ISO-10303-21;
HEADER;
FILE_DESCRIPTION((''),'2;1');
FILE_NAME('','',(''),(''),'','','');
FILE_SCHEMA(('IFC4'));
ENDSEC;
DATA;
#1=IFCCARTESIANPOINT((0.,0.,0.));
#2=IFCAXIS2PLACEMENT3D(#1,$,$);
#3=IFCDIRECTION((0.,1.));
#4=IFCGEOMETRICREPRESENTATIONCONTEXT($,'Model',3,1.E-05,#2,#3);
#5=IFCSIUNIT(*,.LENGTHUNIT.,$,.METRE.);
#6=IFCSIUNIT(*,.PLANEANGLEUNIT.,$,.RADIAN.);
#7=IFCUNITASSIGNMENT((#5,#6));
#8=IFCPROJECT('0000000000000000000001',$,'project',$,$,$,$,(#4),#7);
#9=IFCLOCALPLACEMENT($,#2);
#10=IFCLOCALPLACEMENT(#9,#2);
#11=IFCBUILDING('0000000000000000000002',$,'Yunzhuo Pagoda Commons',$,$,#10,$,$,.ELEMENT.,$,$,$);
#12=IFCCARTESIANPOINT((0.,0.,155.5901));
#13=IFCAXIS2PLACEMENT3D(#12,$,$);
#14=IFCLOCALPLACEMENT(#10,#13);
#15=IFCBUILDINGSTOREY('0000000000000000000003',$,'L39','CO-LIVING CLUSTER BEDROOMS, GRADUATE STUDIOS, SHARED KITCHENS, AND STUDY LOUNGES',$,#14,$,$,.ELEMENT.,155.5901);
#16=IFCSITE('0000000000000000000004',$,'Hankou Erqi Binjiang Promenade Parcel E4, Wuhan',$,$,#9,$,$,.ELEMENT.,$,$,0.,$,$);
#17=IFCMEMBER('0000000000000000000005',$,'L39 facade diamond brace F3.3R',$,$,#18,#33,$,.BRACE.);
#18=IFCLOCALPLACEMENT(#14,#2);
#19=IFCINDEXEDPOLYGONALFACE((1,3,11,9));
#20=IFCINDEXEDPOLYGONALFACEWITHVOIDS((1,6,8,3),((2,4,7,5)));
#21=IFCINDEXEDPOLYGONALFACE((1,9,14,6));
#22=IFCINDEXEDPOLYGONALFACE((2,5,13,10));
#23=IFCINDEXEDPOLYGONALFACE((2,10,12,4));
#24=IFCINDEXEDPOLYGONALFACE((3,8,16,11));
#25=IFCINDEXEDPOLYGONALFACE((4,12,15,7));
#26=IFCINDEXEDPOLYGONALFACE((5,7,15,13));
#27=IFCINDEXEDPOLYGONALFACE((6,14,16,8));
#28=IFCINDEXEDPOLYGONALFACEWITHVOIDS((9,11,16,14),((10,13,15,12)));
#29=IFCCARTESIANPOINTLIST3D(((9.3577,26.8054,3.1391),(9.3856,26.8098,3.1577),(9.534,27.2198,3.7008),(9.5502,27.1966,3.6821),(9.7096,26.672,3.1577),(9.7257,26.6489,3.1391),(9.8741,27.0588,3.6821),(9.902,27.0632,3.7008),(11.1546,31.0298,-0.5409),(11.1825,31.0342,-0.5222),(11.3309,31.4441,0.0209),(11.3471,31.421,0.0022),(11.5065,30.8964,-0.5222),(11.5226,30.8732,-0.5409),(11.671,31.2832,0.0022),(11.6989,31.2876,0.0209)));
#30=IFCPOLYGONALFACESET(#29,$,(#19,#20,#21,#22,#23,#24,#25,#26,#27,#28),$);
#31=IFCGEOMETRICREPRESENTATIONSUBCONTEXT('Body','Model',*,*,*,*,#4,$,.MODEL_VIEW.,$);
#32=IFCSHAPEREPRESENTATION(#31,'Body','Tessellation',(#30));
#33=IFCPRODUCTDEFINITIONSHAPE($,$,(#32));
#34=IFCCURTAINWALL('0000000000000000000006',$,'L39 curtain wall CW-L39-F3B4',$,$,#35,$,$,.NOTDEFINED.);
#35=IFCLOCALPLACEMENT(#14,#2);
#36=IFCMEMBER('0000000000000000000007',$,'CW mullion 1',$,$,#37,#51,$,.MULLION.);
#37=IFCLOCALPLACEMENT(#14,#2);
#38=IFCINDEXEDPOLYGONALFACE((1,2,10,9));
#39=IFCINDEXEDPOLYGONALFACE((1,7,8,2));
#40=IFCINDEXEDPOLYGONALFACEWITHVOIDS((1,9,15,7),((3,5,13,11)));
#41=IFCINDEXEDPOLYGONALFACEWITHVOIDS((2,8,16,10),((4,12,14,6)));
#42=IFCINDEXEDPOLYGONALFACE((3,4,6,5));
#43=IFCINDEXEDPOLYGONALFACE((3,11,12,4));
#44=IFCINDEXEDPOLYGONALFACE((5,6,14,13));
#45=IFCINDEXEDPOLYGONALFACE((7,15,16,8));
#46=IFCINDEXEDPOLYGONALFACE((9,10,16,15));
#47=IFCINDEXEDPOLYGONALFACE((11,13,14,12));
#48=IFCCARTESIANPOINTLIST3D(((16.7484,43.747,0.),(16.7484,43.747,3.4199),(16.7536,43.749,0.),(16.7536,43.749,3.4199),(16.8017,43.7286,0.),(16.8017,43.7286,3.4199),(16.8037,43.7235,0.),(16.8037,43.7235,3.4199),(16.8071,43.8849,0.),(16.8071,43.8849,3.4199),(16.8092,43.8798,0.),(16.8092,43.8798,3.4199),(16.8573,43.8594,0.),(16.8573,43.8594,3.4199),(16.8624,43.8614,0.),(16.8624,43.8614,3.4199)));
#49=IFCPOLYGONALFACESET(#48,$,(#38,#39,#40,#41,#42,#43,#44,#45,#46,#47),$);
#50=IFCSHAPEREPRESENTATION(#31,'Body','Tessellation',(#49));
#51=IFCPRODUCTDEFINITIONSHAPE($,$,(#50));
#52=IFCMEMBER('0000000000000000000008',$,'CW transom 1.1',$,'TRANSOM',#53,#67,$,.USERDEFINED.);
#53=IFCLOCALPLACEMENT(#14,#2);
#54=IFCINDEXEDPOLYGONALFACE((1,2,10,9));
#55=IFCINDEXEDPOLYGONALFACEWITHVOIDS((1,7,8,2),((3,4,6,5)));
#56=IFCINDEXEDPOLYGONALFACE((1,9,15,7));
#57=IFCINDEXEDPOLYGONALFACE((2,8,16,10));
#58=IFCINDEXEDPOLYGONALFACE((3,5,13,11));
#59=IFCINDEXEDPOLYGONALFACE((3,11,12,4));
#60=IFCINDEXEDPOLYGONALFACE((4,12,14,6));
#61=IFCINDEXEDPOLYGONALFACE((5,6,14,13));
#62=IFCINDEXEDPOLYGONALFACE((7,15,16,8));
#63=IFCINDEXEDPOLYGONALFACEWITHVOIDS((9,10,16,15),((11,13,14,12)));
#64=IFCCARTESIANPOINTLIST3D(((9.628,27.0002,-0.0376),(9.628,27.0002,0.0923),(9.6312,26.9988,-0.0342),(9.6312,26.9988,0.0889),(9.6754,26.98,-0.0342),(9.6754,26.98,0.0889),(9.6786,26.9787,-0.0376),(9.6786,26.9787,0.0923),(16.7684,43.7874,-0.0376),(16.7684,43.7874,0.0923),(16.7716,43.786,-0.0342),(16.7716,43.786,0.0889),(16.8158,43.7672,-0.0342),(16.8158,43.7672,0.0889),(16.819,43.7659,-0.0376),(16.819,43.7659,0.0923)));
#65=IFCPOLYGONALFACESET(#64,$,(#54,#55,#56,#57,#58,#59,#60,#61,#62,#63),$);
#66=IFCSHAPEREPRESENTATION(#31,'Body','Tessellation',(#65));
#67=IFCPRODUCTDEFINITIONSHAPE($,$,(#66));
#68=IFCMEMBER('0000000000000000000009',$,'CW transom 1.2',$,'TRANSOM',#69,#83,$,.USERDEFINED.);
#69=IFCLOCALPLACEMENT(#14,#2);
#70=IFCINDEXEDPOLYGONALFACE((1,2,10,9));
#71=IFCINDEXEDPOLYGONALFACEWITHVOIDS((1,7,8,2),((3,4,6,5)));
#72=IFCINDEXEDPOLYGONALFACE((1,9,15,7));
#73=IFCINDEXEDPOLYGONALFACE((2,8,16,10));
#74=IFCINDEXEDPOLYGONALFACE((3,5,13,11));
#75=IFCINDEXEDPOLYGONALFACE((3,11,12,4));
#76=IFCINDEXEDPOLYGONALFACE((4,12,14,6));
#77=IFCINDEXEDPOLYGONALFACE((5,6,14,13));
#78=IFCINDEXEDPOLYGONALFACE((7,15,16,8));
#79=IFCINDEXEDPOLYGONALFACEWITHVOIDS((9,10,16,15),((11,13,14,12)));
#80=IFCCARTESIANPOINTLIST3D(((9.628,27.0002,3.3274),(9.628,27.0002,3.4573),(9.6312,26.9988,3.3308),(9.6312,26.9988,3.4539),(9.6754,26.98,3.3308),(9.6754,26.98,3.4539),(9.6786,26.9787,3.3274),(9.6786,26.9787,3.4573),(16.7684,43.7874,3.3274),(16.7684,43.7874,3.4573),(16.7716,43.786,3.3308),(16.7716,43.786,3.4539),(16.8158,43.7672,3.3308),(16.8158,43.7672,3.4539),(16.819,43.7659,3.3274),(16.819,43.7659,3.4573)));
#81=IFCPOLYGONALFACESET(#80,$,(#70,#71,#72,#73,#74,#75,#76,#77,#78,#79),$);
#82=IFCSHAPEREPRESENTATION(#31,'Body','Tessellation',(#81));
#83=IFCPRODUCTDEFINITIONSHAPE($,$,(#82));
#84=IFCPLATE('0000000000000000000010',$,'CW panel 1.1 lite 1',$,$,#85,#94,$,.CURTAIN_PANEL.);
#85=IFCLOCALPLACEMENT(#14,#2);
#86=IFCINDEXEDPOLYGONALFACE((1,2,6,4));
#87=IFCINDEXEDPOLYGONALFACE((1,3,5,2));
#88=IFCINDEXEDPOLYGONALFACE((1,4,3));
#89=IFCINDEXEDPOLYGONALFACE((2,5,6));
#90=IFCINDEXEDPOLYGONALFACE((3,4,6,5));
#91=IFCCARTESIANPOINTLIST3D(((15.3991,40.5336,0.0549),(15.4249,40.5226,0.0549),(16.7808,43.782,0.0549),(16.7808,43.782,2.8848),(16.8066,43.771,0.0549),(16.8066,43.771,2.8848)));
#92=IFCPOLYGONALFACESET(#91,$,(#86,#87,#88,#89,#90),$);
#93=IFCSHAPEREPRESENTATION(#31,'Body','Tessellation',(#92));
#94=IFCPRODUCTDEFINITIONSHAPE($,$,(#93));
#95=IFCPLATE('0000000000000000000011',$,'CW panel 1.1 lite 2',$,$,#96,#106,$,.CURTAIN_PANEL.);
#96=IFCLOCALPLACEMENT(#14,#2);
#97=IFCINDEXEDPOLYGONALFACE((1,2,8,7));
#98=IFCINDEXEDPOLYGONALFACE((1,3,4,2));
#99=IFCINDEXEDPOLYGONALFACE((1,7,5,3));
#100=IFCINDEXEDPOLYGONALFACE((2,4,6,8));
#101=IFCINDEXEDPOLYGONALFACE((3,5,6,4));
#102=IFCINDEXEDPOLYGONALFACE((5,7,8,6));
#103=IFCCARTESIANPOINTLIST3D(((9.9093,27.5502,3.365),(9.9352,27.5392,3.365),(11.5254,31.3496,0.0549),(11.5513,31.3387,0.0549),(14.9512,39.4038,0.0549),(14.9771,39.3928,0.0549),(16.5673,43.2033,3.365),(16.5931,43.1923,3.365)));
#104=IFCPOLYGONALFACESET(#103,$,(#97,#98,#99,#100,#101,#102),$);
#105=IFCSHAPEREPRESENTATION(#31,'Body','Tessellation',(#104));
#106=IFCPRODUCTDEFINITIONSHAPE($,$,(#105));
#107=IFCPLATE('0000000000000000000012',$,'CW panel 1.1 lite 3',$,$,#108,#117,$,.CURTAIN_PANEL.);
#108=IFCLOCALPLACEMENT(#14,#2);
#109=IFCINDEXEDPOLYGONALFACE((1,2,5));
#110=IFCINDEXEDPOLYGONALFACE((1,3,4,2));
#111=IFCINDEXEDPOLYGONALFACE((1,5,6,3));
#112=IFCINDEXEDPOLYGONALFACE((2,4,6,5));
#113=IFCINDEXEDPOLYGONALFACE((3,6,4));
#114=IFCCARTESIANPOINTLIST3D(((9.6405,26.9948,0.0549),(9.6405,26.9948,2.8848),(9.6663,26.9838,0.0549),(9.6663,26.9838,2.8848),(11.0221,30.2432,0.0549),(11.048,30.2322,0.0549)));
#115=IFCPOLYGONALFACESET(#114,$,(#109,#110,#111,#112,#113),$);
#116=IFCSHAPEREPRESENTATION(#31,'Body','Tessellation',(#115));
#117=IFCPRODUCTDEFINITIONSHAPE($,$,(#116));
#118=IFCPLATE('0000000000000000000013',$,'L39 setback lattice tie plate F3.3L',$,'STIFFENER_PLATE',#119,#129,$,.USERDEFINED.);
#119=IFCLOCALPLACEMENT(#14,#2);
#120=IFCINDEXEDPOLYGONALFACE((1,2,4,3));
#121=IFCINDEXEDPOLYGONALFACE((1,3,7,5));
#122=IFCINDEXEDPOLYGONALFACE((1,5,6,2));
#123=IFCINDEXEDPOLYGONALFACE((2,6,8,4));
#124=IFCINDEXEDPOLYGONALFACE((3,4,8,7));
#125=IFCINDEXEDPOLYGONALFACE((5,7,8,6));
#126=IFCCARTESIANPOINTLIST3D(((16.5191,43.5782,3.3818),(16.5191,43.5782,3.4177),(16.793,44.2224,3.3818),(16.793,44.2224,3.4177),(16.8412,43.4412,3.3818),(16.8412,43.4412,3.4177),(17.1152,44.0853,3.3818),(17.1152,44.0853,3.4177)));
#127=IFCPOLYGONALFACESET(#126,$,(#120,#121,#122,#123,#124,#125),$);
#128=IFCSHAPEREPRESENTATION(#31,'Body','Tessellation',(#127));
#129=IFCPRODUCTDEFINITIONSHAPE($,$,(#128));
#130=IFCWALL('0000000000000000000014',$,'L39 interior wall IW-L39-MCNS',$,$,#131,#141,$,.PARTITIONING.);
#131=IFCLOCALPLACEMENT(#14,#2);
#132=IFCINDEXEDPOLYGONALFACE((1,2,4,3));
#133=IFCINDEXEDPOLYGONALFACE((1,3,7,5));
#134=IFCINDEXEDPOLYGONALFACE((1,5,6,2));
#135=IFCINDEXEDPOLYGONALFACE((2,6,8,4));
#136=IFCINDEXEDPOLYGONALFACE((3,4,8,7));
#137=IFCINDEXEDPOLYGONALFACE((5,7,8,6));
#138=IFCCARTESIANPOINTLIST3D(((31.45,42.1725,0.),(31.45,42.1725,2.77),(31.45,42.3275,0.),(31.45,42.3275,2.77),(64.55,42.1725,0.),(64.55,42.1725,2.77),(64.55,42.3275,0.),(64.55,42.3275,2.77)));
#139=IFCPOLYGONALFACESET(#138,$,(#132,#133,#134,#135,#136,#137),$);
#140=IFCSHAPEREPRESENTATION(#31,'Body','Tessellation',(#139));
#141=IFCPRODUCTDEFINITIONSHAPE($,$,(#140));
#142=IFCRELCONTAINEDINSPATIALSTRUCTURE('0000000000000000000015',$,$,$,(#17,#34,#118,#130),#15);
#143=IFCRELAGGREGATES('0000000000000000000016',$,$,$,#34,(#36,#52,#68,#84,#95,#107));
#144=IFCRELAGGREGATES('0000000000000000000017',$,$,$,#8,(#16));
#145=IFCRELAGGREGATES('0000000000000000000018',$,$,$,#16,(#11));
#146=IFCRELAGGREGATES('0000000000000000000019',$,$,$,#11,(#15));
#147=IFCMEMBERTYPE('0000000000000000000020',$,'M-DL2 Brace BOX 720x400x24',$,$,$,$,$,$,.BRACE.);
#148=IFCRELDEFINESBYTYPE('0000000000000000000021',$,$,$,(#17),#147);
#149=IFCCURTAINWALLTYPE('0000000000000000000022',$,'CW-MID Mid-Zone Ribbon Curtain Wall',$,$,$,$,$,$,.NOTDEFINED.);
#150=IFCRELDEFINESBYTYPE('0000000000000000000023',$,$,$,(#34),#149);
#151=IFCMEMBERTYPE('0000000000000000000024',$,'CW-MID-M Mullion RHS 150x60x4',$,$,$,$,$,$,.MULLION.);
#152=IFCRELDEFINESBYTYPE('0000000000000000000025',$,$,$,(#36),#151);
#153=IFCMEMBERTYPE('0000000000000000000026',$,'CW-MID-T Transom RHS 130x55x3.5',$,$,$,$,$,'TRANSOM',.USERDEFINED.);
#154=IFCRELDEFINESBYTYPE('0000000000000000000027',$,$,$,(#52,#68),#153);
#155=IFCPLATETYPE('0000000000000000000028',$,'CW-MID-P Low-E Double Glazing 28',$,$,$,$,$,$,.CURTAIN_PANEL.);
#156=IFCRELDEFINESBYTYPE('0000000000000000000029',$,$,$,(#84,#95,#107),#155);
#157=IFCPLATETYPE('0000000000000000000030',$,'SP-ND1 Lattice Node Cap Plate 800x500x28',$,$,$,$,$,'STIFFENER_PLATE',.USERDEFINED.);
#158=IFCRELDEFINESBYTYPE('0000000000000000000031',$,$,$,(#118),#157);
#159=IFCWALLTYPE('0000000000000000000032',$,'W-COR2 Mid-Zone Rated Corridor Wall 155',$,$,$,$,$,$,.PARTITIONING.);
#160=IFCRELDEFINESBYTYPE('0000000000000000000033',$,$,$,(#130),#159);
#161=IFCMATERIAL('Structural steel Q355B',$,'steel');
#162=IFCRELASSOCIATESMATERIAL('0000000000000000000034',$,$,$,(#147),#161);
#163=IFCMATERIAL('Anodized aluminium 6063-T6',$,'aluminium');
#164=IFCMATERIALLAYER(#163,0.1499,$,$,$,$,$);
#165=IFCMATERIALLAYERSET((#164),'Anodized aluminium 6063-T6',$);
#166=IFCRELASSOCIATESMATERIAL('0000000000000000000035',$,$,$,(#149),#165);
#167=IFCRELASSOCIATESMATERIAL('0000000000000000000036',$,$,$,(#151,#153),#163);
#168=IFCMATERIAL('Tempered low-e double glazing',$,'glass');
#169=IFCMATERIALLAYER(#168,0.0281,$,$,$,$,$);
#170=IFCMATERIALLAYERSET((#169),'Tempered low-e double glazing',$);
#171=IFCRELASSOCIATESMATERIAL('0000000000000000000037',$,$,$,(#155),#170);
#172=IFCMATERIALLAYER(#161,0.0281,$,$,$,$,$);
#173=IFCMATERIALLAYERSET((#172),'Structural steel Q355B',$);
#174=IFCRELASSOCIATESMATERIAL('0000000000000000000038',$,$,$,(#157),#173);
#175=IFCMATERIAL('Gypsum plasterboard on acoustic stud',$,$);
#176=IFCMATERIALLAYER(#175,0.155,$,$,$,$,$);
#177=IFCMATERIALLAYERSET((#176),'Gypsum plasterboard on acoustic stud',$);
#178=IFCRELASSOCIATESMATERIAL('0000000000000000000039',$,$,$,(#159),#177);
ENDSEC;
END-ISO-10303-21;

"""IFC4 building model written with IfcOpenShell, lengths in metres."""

from ifc_helpers import new_model, si_unit, direction, frame, frame_2d, origin, origin_2d, place, context, subcontext, project, spatial, polyline, rectangle, hollow_rectangle, outline, extrude, source, transform, mapped, material, layer, layer_set, material_profile, profile_set, type_object, element, aggregate, save


model = new_model("IFC4")

# Units and contexts
model_context = context("Model", 3, precision=1e-05, world=origin(), true_north=direction((0.0, 1.0)))
body_context = subcontext(model_context, "Body", "Model", "MODEL_VIEW")
ifc_project = project(units=[si_unit("LENGTHUNIT", "METRE"), si_unit("PLANEANGLEUNIT", "RADIAN")], contexts=[model_context])

# Site, building, storey
site_placement = place(None, origin())
site = spatial("IfcSite", under=ifc_project, at=site_placement, Name="Hankou Erqi Binjiang Promenade Parcel E4, Wuhan", CompositionType="ELEMENT", RefElevation=0.0)
building_placement = place(site_placement, origin())
building = spatial("IfcBuilding", under=site, at=building_placement, Name="Yunzhuo Pagoda Commons", CompositionType="ELEMENT")
storey_placement = place(building_placement, frame((0.0, 0.0, 155.5901)))
storey = spatial("IfcBuildingStorey", under=building, at=storey_placement, Name="L39", Description="CO-LIVING CLUSTER BEDROOMS, GRADUATE STUDIOS, SHARED KITCHENS, AND STUDY LOUNGES", CompositionType="ELEMENT", Elevation=155.5901)

# Shared definitions
ifc_material_1 = material(Name="Structural steel Q355B", Category="steel")

# Member
ifc_material_profile_1 = material_profile(ifc_material_1, hollow_rectangle(XDim=0.3999, YDim=0.72, WallThickness=0.0239, at=origin_2d()), Name="Structural steel Q355B")
ifc_profile_set_1 = profile_set([ifc_material_profile_1], Name="Structural steel Q355B")
member_type_1 = type_object("IfcMemberType", Name="M-DL2 Brace BOX 720x400x24", PredefinedType="BRACE", material=ifc_profile_set_1)
shared_shape_1 = source(origin(), body_context, "Body", "SweptSolid", [
    extrude(hollow_rectangle(XDim=0.3999, YDim=0.72, WallThickness=0.0239, at=origin_2d()), origin(), (0.0, 0.0, 1.0), 5.8835),
])
for number, where, z_axis, x_axis, name in (
    (1, (11.4268, 31.1587, -0.26), (-0.305408, -0.717998, 0.625463), (0.920212, -0.391421, 0.0), "L39 facade diamond brace F3.3R"),
):
    element("IfcMember", number, at=place(storey_placement, frame(where, z_axis=z_axis, x_axis=x_axis)), inside=storey, type_object=member_type_1, Name=name, PredefinedType="BRACE", context=body_context, shape_type="MappedRepresentation", body=[
        mapped(shared_shape_1, transform((0.0, 0.0, 0.0), scale=1.0)),
    ])

# Curtain wall, members, plates
ifc_material_2 = material(Name="Anodized aluminium 6063-T6", Category="aluminium")
ifc_layer_1 = layer(ifc_material_2, 0.1499)
ifc_layer_set_1 = layer_set([ifc_layer_1], Name="Anodized aluminium 6063-T6")
curtain_wall_type = type_object("IfcCurtainWallType", Name="CW-MID Mid-Zone Ribbon Curtain Wall", PredefinedType="NOTDEFINED", material=ifc_layer_set_1)
curtain_wall_placement = place(storey_placement, origin())
curtain_wall = element("IfcCurtainWall", 2, at=curtain_wall_placement, inside=storey, type_object=curtain_wall_type, Name="L39 curtain wall CW-L39-F3B4", PredefinedType="NOTDEFINED")
ifc_material_profile_2 = material_profile(ifc_material_2, hollow_rectangle(XDim=0.0601, YDim=0.1499, WallThickness=0.0039, at=origin_2d()), Name="Anodized aluminium 6063-T6")
ifc_profile_set_2 = profile_set([ifc_material_profile_2], Name="Anodized aluminium 6063-T6")
member_type_2 = type_object("IfcMemberType", Name="CW-MID-M Mullion RHS 150x60x4", PredefinedType="MULLION", material=ifc_profile_set_2)
shared_shape_2 = source(origin(), body_context, "Body", "SweptSolid", [
    extrude(hollow_rectangle(XDim=0.0601, YDim=0.1499, WallThickness=0.0039, at=origin_2d()), origin(), (0.0, 0.0, 1.0), 3.4199),
])
member_1_placement = place(storey_placement, frame((16.8054, 43.8042, 0.0), z_axis=(0.0, 0.0, 1.0), x_axis=(0.920217, -0.391409, 0.0)))
member_1 = element("IfcMember", 3, at=member_1_placement, type_object=member_type_2, Name="CW mullion 1", PredefinedType="MULLION", context=body_context, shape_type="MappedRepresentation", body=[
    mapped(shared_shape_2, transform((0.0, 0.0, 0.0), scale=1.0)),
])
ifc_material_profile_3 = material_profile(ifc_material_2, hollow_rectangle(XDim=0.0549, YDim=0.1299, WallThickness=0.0034, at=origin_2d()), Name="Anodized aluminium 6063-T6")
ifc_profile_set_3 = profile_set([ifc_material_profile_3], Name="Anodized aluminium 6063-T6")
member_type_3 = type_object("IfcMemberType", Name="CW-MID-T Transom RHS 130x55x3.5", ElementType="TRANSOM", PredefinedType="USERDEFINED", material=ifc_profile_set_3)
shared_shape_3 = source(origin(), body_context, "Body", "SweptSolid", [
    extrude(hollow_rectangle(XDim=0.0549, YDim=0.1299, WallThickness=0.0034, at=origin_2d()), origin(), (0.0, 0.0, 1.0), 18.2427),
])
member_2_placement = place(storey_placement, frame((16.7937, 43.7766, 0.0273), z_axis=(-0.391413, -0.920215, 0.0), x_axis=(0.920215, -0.391413, 0.0)))
member_2 = element("IfcMember", 4, at=member_2_placement, type_object=member_type_3, Name="CW transom 1.1", ObjectType="TRANSOM", PredefinedType="USERDEFINED", context=body_context, shape_type="MappedRepresentation", body=[
    mapped(shared_shape_3, transform((0.0, 0.0, 0.0), scale=1.0)),
])
member_3_placement = place(storey_placement, frame((16.7937, 43.7766, 3.3923), z_axis=(-0.391413, -0.920215, 0.0), x_axis=(0.920215, -0.391413, 0.0)))
member_3 = element("IfcMember", 5, at=member_3_placement, type_object=member_type_3, Name="CW transom 1.2", ObjectType="TRANSOM", PredefinedType="USERDEFINED", context=body_context, shape_type="MappedRepresentation", body=[
    mapped(shared_shape_3, transform((0.0, 0.0, 0.0), scale=1.0)),
])
ifc_material_3 = material(Name="Tempered low-e double glazing", Category="glass")
ifc_layer_2 = layer(ifc_material_3, 0.0281)
ifc_layer_set_2 = layer_set([ifc_layer_2], Name="Tempered low-e double glazing")
plate_type_1 = type_object("IfcPlateType", Name="CW-MID-P Low-E Double Glazing 28", PredefinedType="CURTAIN_PANEL", material=ifc_layer_set_2)
plate_1_placement = place(storey_placement, frame((16.1157, 42.1467, 1.47), z_axis=(-0.920217, 0.391409, 0.0), x_axis=(-0.391409, -0.920217, 0.0)))
plate_1 = element("IfcPlate", 6, at=plate_1_placement, type_object=plate_type_1, Name="CW panel 1.1 lite 1", PredefinedType="CURTAIN_PANEL", context=body_context, shape_type="SweptSolid", body=[
    extrude(outline(polyline([(-1.7651, -1.415), (1.7649, -1.415), (-1.7651, 1.4148), (-1.7651, -1.415)])), origin(), (0.0, 0.0, 1.0), 0.0281),
])
plate_2_placement = place(storey_placement, frame((13.2642, 35.3657, 1.71), z_axis=(-0.920217, 0.391409, 0.0), x_axis=(-0.391409, -0.920217, 0.0)))
plate_2 = element("IfcPlate", 7, at=plate_2_placement, type_object=plate_type_1, Name="CW panel 1.1 lite 2", PredefinedType="CURTAIN_PANEL", context=body_context, shape_type="SweptSolid", body=[
    extrude(outline(polyline([(-8.5051, 1.655), (-4.3762, -1.655), (4.3762, -1.655), (8.5051, 1.655), (-8.5051, 1.655)])), origin(), (0.0, 0.0, 1.0), 0.0281),
])
plate_3_placement = place(storey_placement, frame((10.3572, 28.6082, 1.47), z_axis=(-0.920217, 0.391409, 0.0), x_axis=(-0.391409, -0.920217, 0.0)))
plate_3 = element("IfcPlate", 8, at=plate_3_placement, type_object=plate_type_1, Name="CW panel 1.1 lite 3", PredefinedType="CURTAIN_PANEL", context=body_context, shape_type="SweptSolid", body=[
    extrude(outline(polyline([(-1.7649, -1.415), (1.7651, -1.415), (1.7651, 1.4148), (-1.7649, -1.415)])), origin(), (0.0, 0.0, 1.0), 0.0281),
])
aggregate(curtain_wall, [member_1, member_2, member_3, plate_1, plate_2, plate_3])

# Plate
ifc_layer_3 = layer(ifc_material_1, 0.0281)
ifc_layer_set_3 = layer_set([ifc_layer_3], Name="Structural steel Q355B")
plate_type_2 = type_object("IfcPlateType", Name="SP-ND1 Lattice Node Cap Plate 800x500x28", ElementType="STIFFENER_PLATE", PredefinedType="USERDEFINED", material=ifc_layer_set_3)
shared_shape_4 = source(origin(), body_context, "Body", "SweptSolid", [
    extrude(rectangle(XDim=0.7, YDim=0.3501, at=origin_2d()), origin(), (0.0, 0.0, 1.0), 0.0359),
])
plate_4_placement = place(storey_placement, frame((16.8171, 43.8318, 3.3818), z_axis=(0.0, 0.0, 1.0), x_axis=(-0.391406, -0.920218, 0.0)))
element("IfcPlate", 9, at=plate_4_placement, inside=storey, type_object=plate_type_2, Name="L39 setback lattice tie plate F3.3L", ObjectType="STIFFENER_PLATE", PredefinedType="USERDEFINED", context=body_context, shape_type="MappedRepresentation", body=[
    mapped(shared_shape_4, transform((0.0, 0.0, 0.0), scale=1.0)),
])

# Wall
ifc_material_4 = material(Name="Gypsum plasterboard on acoustic stud")
ifc_layer_4 = layer(ifc_material_4, 0.155)
ifc_layer_set_4 = layer_set([ifc_layer_4], Name="Gypsum plasterboard on acoustic stud")
wall_type_1 = type_object("IfcWallType", Name="W-COR2 Mid-Zone Rated Corridor Wall 155", PredefinedType="PARTITIONING", material=ifc_layer_set_4)
wall_1_placement = place(storey_placement, frame((31.45, 42.25, 0.0), z_axis=(0.0, 0.0, 1.0), x_axis=(1.0, 0.0, 0.0)))
element("IfcWall", 10, at=wall_1_placement, inside=storey, type_object=wall_type_1, Name="L39 interior wall IW-L39-MCNS", PredefinedType="PARTITIONING", context=body_context, shape_type="SweptSolid", body=[
    extrude(rectangle(XDim=33.1001, YDim=0.155, at=frame_2d((16.55, 0.0))), origin(), (0.0, 0.0, 1.0), 2.77),
])

save(model, "model.ifc")
